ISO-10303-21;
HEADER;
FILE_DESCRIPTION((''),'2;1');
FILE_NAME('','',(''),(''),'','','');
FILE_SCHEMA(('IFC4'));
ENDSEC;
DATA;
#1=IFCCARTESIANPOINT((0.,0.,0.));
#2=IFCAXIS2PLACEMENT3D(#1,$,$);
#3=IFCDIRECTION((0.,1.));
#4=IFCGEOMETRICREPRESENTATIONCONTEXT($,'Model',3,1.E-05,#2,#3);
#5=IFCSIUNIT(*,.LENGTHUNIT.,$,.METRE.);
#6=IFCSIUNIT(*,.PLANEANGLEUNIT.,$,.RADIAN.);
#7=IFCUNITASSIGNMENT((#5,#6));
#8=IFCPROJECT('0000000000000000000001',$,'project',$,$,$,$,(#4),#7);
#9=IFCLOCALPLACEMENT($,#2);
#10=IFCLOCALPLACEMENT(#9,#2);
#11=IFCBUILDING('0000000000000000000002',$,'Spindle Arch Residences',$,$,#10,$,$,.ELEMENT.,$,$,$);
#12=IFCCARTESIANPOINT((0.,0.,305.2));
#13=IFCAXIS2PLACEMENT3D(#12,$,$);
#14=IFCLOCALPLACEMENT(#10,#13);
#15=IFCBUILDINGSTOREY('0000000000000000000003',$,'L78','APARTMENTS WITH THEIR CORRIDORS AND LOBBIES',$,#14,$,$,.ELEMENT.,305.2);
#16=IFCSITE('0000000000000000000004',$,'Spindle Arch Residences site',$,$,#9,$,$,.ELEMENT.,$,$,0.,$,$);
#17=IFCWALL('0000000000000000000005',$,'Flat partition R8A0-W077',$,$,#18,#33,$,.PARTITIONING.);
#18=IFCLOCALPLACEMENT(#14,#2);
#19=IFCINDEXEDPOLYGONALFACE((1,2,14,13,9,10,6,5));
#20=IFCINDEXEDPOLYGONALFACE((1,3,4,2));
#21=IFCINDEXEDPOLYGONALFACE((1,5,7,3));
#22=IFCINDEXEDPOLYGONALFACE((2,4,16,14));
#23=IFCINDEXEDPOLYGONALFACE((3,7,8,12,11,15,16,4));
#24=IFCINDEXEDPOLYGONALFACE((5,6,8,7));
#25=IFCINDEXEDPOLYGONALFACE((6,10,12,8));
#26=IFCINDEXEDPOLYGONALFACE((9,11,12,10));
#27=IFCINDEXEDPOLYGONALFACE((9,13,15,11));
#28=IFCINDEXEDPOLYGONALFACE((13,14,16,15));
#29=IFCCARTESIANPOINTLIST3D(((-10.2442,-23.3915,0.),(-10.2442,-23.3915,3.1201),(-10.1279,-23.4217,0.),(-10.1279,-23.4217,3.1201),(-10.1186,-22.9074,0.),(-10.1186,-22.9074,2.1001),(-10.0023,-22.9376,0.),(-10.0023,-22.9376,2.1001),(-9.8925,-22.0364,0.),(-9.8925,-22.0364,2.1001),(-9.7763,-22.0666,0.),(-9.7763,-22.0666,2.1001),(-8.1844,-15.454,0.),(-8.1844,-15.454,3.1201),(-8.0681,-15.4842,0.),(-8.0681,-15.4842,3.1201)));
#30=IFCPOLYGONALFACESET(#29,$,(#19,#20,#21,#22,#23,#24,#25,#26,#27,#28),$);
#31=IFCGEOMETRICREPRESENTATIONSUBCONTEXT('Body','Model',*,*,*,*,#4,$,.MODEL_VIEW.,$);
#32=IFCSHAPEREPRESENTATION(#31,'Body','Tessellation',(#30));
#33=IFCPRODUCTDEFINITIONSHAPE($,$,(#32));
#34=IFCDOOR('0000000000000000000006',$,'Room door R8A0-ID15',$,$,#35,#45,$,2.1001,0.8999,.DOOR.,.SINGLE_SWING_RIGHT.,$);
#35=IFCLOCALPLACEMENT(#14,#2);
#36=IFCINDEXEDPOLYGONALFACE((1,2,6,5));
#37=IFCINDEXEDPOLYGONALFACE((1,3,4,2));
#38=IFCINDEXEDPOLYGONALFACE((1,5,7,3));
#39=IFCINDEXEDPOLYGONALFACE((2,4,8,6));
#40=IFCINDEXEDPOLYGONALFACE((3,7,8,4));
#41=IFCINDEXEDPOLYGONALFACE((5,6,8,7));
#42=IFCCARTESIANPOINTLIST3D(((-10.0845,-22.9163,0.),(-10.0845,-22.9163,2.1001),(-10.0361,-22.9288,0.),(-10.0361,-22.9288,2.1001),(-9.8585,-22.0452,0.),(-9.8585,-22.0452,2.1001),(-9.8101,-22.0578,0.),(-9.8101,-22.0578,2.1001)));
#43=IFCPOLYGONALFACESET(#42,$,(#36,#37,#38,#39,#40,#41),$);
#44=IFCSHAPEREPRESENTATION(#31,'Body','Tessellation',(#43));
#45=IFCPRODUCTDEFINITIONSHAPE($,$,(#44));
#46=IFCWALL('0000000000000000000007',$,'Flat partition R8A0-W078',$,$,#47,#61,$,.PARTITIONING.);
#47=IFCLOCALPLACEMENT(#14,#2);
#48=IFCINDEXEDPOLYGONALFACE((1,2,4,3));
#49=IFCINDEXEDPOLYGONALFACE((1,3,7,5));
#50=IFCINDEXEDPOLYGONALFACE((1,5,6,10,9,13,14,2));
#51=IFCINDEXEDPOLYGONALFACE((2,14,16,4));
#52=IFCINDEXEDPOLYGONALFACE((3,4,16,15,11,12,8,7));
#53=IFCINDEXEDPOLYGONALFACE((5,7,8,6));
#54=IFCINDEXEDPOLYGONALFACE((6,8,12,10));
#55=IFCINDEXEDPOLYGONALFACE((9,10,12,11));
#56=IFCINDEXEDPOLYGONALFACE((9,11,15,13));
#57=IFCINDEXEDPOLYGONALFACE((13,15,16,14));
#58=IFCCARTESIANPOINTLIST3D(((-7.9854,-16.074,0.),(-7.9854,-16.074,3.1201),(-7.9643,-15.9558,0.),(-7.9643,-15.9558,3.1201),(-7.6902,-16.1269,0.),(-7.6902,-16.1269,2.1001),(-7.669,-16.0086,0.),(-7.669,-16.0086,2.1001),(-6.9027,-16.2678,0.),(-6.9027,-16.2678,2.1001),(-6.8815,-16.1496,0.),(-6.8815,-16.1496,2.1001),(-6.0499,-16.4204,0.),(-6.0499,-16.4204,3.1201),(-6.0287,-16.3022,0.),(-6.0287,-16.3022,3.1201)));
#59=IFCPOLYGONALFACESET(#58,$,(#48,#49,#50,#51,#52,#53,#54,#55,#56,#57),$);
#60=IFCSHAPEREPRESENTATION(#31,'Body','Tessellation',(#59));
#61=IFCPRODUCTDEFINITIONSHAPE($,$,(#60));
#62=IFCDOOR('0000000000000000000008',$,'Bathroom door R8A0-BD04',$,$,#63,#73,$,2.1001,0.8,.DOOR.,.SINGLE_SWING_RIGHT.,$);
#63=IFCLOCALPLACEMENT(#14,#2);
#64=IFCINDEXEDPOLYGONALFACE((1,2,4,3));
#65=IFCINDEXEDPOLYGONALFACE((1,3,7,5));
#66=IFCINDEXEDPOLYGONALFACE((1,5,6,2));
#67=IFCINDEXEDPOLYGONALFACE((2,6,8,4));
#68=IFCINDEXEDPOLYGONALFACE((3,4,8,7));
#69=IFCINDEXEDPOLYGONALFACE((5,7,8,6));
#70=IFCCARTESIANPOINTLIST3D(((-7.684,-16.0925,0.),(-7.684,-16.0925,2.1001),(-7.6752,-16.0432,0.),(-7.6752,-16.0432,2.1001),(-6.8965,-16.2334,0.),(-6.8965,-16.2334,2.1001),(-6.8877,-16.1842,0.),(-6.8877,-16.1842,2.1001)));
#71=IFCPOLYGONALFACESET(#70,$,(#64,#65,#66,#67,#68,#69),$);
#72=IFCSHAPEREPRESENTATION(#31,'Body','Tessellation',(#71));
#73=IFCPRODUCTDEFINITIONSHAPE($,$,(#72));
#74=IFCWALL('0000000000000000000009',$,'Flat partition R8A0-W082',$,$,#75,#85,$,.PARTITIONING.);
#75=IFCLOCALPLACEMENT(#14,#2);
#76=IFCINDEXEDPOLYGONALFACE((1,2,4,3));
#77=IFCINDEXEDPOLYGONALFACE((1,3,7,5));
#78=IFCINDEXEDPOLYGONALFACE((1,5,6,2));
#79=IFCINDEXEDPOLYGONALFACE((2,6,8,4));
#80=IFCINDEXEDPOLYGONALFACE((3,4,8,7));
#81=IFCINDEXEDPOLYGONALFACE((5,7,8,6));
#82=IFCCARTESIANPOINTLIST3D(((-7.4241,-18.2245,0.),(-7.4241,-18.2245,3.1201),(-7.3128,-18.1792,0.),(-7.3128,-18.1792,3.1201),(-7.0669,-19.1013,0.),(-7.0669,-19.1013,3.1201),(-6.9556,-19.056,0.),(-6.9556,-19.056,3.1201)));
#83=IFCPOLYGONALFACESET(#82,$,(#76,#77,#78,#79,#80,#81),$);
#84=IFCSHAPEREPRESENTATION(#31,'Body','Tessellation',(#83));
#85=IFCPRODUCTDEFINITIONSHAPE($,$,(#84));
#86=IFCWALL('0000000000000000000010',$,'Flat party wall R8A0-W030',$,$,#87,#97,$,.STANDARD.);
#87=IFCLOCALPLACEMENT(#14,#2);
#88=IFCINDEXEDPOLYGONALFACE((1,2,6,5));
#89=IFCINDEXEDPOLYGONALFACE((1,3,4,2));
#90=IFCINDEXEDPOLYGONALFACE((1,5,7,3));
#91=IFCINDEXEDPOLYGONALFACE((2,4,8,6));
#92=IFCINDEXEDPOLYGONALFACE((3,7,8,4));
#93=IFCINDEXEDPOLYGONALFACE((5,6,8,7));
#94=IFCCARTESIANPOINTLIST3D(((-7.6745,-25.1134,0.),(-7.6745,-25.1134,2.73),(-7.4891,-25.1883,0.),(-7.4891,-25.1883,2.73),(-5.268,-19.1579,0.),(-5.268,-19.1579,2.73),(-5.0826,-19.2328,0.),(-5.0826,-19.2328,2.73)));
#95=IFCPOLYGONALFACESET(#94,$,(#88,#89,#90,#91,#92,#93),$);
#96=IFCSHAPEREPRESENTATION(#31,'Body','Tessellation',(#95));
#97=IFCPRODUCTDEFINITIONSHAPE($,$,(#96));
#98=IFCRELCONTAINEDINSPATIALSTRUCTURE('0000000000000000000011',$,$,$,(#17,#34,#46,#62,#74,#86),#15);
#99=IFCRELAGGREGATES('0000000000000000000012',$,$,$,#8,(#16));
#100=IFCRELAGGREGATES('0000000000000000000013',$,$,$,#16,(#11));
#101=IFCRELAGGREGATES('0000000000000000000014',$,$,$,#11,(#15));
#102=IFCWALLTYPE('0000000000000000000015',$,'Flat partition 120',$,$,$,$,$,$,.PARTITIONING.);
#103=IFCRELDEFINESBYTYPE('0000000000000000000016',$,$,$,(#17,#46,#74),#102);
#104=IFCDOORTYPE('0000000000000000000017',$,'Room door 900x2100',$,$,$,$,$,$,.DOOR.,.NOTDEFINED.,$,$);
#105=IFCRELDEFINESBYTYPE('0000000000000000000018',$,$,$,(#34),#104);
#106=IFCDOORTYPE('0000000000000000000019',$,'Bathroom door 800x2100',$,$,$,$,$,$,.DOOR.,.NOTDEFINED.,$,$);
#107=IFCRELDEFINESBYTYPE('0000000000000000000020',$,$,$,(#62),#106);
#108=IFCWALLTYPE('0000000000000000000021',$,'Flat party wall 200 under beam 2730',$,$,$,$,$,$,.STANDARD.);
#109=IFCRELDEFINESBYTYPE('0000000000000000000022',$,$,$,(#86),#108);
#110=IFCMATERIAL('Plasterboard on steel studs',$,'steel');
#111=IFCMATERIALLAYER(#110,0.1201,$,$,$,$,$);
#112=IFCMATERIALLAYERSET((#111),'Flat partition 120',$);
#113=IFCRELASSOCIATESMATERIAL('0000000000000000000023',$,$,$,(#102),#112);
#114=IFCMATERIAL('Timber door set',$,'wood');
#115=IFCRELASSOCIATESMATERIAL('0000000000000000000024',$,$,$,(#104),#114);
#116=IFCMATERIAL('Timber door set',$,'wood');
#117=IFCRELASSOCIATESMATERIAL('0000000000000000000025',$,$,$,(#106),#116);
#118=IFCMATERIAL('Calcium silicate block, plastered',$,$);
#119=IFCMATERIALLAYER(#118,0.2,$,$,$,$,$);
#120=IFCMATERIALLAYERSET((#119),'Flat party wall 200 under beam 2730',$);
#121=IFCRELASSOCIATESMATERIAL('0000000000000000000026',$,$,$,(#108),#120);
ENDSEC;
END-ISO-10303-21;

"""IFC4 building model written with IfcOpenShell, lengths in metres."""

from ifc_helpers import new_model, si_unit, direction, frame, frame_2d, origin, place, context, subcontext, project, spatial, rectangle, extrude, material, layer, layer_set, type_object, element, fill, save


model = new_model("IFC4")

# Units and contexts
model_context = context("Model", 3, precision=1e-05, world=origin(), true_north=direction((0.0, 1.0)))
body_context = subcontext(model_context, "Body", "Model", "MODEL_VIEW")
ifc_project = project(units=[si_unit("LENGTHUNIT", "METRE"), si_unit("PLANEANGLEUNIT", "RADIAN")], contexts=[model_context])

# Site, building, storey
site_placement = place(None, origin())
site = spatial("IfcSite", under=ifc_project, at=site_placement, Name="Spindle Arch Residences site", CompositionType="ELEMENT", RefElevation=0.0)
building_placement = place(site_placement, origin())
building = spatial("IfcBuilding", under=site, at=building_placement, Name="Spindle Arch Residences", CompositionType="ELEMENT")
storey_placement = place(building_placement, frame((0.0, 0.0, 305.2)))
storey = spatial("IfcBuildingStorey", under=building, at=storey_placement, Name="L78", Description="APARTMENTS WITH THEIR CORRIDORS AND LOBBIES", CompositionType="ELEMENT", Elevation=305.2)

# Walls, openings, doors
ifc_material_1 = material(Name="Plasterboard on steel studs", Category="steel")
ifc_layer_1 = layer(ifc_material_1, 0.1201)
ifc_layer_set_1 = layer_set([ifc_layer_1], Name="Flat partition 120")
wall_type_1 = type_object("IfcWallType", Name="Flat partition 120", PredefinedType="PARTITIONING", material=ifc_layer_set_1)
ifc_material_2 = material(Name="Timber door set", Category="wood")
door_type_1 = type_object("IfcDoorType", Name="Room door 900x2100", OperationType="NOTDEFINED", PredefinedType="DOOR", material=ifc_material_2)
wall_1_placement = place(storey_placement, frame((-10.186, -23.4065, 0.0), z_axis=(0.0, 0.0, 1.0), x_axis=(0.251184, 0.967939, 0.0)))
wall_1 = element("IfcWall", 1, at=wall_1_placement, inside=storey, type_object=wall_type_1, Name="Flat partition R8A0-W077", PredefinedType="PARTITIONING", context=body_context, shape_type="SweptSolid", body=[
    extrude(rectangle(XDim=8.2004, YDim=0.1201, at=frame_2d((4.1001, 0.0))), origin(), (0.0, 0.0, 1.0), 3.1201),
])
opening_1_placement = place(wall_1_placement, frame((0.5, 0.0, 0.0)))
opening_1 = element("IfcOpeningElement", 2, at=opening_1_placement, cuts=wall_1, PredefinedType="OPENING", context=body_context, shape_type="SweptSolid", body=[
    extrude(rectangle(XDim=0.8999, YDim=2.1001, at=frame_2d((0.45, 1.05))), frame((0.0, 0.0701, 0.0), z_axis=(0.0, -1.0, 0.0), x_axis=(1.0, 0.0, 0.0)), (0.0, 0.0, 1.0), 0.1401),
])
door_1_placement = place(opening_1_placement, origin())
door_1 = element("IfcDoor", 3, at=door_1_placement, inside=storey, type_object=door_type_1, Name="Room door R8A0-ID15", OperationType="SINGLE_SWING_RIGHT", OverallHeight=2.1001, OverallWidth=0.8999, PredefinedType="DOOR", context=body_context, shape_type="SweptSolid", body=[
    extrude(rectangle(XDim=0.8999, YDim=2.1001, at=frame_2d((0.45, 1.05))), frame((0.0, 0.0249, 0.0), z_axis=(0.0, -1.0, 0.0), x_axis=(1.0, 0.0, 0.0)), (0.0, 0.0, 1.0), 0.05),
])
fill(opening_1, door_1)
wall_2_placement = place(storey_placement, frame((-7.9749, -16.0149, 0.0), z_axis=(0.0, 0.0, 1.0), x_axis=(0.984357, -0.176186, 0.0)))
wall_2 = element("IfcWall", 4, at=wall_2_placement, inside=storey, type_object=wall_type_1, Name="Flat partition R8A0-W078", PredefinedType="PARTITIONING", context=body_context, shape_type="SweptSolid", body=[
    extrude(rectangle(XDim=1.9663, YDim=0.1201, at=frame_2d((0.9832, 0.0))), origin(), (0.0, 0.0, 1.0), 3.1201),
])
opening_2_placement = place(wall_2_placement, frame((0.3, 0.0, 0.0)))
opening_2 = element("IfcOpeningElement", 5, at=opening_2_placement, cuts=wall_2, PredefinedType="OPENING", context=body_context, shape_type="SweptSolid", body=[
    extrude(rectangle(XDim=0.8, YDim=2.1001, at=frame_2d((0.3999, 1.05))), frame((0.0, 0.0701, 0.0), z_axis=(0.0, -1.0, 0.0), x_axis=(1.0, 0.0, 0.0)), (0.0, 0.0, 1.0), 0.1401),
])
ifc_material_3 = material(Name="Timber door set", Category="wood")
door_type_2 = type_object("IfcDoorType", Name="Bathroom door 800x2100", OperationType="NOTDEFINED", PredefinedType="DOOR", material=ifc_material_3)
door_2_placement = place(opening_2_placement, origin())
door_2 = element("IfcDoor", 6, at=door_2_placement, inside=storey, type_object=door_type_2, Name="Bathroom door R8A0-BD04", OperationType="SINGLE_SWING_RIGHT", OverallHeight=2.1001, OverallWidth=0.8, PredefinedType="DOOR", context=body_context, shape_type="SweptSolid", body=[
    extrude(rectangle(XDim=0.8, YDim=2.1001, at=frame_2d((0.3999, 1.05))), frame((0.0, 0.0249, 0.0), z_axis=(0.0, -1.0, 0.0), x_axis=(1.0, 0.0, 0.0)), (0.0, 0.0, 1.0), 0.05),
])
fill(opening_2, door_2)

# Walls
wall_3_placement = place(storey_placement, frame((-7.0112, -19.0786, 0.0), z_axis=(0.0, 0.0, 1.0), x_axis=(-0.377297, 0.926092, 0.0)))
element("IfcWall", 7, at=wall_3_placement, inside=storey, type_object=wall_type_1, Name="Flat partition R8A0-W082", PredefinedType="PARTITIONING", context=body_context, shape_type="SweptSolid", body=[
    extrude(rectangle(XDim=0.9468, YDim=0.1201, at=frame_2d((0.4734, 0.0))), origin(), (0.0, 0.0, 1.0), 3.1201),
])
ifc_material_4 = material(Name="Calcium silicate block, plastered")
ifc_layer_2 = layer(ifc_material_4, 0.2)
ifc_layer_set_2 = layer_set([ifc_layer_2], Name="Flat party wall 200 under beam 2730")
wall_type_2 = type_object("IfcWallType", Name="Flat party wall 200 under beam 2730", PredefinedType="STANDARD", material=ifc_layer_set_2)
wall_4_placement = place(storey_placement, frame((-7.5818, -25.1509, 0.0), z_axis=(0.0, 0.0, 1.0), x_axis=(0.374645, 0.927168, 0.0)))
element("IfcWall", 8, at=wall_4_placement, inside=storey, type_object=wall_type_2, Name="Flat party wall R8A0-W030", PredefinedType="STANDARD", context=body_context, shape_type="SweptSolid", body=[
    extrude(rectangle(XDim=6.4233, YDim=0.2, at=frame_2d((3.2117, 0.0))), origin(), (0.0, 0.0, 1.0), 2.73),
])

save(model, "model.ifc")
